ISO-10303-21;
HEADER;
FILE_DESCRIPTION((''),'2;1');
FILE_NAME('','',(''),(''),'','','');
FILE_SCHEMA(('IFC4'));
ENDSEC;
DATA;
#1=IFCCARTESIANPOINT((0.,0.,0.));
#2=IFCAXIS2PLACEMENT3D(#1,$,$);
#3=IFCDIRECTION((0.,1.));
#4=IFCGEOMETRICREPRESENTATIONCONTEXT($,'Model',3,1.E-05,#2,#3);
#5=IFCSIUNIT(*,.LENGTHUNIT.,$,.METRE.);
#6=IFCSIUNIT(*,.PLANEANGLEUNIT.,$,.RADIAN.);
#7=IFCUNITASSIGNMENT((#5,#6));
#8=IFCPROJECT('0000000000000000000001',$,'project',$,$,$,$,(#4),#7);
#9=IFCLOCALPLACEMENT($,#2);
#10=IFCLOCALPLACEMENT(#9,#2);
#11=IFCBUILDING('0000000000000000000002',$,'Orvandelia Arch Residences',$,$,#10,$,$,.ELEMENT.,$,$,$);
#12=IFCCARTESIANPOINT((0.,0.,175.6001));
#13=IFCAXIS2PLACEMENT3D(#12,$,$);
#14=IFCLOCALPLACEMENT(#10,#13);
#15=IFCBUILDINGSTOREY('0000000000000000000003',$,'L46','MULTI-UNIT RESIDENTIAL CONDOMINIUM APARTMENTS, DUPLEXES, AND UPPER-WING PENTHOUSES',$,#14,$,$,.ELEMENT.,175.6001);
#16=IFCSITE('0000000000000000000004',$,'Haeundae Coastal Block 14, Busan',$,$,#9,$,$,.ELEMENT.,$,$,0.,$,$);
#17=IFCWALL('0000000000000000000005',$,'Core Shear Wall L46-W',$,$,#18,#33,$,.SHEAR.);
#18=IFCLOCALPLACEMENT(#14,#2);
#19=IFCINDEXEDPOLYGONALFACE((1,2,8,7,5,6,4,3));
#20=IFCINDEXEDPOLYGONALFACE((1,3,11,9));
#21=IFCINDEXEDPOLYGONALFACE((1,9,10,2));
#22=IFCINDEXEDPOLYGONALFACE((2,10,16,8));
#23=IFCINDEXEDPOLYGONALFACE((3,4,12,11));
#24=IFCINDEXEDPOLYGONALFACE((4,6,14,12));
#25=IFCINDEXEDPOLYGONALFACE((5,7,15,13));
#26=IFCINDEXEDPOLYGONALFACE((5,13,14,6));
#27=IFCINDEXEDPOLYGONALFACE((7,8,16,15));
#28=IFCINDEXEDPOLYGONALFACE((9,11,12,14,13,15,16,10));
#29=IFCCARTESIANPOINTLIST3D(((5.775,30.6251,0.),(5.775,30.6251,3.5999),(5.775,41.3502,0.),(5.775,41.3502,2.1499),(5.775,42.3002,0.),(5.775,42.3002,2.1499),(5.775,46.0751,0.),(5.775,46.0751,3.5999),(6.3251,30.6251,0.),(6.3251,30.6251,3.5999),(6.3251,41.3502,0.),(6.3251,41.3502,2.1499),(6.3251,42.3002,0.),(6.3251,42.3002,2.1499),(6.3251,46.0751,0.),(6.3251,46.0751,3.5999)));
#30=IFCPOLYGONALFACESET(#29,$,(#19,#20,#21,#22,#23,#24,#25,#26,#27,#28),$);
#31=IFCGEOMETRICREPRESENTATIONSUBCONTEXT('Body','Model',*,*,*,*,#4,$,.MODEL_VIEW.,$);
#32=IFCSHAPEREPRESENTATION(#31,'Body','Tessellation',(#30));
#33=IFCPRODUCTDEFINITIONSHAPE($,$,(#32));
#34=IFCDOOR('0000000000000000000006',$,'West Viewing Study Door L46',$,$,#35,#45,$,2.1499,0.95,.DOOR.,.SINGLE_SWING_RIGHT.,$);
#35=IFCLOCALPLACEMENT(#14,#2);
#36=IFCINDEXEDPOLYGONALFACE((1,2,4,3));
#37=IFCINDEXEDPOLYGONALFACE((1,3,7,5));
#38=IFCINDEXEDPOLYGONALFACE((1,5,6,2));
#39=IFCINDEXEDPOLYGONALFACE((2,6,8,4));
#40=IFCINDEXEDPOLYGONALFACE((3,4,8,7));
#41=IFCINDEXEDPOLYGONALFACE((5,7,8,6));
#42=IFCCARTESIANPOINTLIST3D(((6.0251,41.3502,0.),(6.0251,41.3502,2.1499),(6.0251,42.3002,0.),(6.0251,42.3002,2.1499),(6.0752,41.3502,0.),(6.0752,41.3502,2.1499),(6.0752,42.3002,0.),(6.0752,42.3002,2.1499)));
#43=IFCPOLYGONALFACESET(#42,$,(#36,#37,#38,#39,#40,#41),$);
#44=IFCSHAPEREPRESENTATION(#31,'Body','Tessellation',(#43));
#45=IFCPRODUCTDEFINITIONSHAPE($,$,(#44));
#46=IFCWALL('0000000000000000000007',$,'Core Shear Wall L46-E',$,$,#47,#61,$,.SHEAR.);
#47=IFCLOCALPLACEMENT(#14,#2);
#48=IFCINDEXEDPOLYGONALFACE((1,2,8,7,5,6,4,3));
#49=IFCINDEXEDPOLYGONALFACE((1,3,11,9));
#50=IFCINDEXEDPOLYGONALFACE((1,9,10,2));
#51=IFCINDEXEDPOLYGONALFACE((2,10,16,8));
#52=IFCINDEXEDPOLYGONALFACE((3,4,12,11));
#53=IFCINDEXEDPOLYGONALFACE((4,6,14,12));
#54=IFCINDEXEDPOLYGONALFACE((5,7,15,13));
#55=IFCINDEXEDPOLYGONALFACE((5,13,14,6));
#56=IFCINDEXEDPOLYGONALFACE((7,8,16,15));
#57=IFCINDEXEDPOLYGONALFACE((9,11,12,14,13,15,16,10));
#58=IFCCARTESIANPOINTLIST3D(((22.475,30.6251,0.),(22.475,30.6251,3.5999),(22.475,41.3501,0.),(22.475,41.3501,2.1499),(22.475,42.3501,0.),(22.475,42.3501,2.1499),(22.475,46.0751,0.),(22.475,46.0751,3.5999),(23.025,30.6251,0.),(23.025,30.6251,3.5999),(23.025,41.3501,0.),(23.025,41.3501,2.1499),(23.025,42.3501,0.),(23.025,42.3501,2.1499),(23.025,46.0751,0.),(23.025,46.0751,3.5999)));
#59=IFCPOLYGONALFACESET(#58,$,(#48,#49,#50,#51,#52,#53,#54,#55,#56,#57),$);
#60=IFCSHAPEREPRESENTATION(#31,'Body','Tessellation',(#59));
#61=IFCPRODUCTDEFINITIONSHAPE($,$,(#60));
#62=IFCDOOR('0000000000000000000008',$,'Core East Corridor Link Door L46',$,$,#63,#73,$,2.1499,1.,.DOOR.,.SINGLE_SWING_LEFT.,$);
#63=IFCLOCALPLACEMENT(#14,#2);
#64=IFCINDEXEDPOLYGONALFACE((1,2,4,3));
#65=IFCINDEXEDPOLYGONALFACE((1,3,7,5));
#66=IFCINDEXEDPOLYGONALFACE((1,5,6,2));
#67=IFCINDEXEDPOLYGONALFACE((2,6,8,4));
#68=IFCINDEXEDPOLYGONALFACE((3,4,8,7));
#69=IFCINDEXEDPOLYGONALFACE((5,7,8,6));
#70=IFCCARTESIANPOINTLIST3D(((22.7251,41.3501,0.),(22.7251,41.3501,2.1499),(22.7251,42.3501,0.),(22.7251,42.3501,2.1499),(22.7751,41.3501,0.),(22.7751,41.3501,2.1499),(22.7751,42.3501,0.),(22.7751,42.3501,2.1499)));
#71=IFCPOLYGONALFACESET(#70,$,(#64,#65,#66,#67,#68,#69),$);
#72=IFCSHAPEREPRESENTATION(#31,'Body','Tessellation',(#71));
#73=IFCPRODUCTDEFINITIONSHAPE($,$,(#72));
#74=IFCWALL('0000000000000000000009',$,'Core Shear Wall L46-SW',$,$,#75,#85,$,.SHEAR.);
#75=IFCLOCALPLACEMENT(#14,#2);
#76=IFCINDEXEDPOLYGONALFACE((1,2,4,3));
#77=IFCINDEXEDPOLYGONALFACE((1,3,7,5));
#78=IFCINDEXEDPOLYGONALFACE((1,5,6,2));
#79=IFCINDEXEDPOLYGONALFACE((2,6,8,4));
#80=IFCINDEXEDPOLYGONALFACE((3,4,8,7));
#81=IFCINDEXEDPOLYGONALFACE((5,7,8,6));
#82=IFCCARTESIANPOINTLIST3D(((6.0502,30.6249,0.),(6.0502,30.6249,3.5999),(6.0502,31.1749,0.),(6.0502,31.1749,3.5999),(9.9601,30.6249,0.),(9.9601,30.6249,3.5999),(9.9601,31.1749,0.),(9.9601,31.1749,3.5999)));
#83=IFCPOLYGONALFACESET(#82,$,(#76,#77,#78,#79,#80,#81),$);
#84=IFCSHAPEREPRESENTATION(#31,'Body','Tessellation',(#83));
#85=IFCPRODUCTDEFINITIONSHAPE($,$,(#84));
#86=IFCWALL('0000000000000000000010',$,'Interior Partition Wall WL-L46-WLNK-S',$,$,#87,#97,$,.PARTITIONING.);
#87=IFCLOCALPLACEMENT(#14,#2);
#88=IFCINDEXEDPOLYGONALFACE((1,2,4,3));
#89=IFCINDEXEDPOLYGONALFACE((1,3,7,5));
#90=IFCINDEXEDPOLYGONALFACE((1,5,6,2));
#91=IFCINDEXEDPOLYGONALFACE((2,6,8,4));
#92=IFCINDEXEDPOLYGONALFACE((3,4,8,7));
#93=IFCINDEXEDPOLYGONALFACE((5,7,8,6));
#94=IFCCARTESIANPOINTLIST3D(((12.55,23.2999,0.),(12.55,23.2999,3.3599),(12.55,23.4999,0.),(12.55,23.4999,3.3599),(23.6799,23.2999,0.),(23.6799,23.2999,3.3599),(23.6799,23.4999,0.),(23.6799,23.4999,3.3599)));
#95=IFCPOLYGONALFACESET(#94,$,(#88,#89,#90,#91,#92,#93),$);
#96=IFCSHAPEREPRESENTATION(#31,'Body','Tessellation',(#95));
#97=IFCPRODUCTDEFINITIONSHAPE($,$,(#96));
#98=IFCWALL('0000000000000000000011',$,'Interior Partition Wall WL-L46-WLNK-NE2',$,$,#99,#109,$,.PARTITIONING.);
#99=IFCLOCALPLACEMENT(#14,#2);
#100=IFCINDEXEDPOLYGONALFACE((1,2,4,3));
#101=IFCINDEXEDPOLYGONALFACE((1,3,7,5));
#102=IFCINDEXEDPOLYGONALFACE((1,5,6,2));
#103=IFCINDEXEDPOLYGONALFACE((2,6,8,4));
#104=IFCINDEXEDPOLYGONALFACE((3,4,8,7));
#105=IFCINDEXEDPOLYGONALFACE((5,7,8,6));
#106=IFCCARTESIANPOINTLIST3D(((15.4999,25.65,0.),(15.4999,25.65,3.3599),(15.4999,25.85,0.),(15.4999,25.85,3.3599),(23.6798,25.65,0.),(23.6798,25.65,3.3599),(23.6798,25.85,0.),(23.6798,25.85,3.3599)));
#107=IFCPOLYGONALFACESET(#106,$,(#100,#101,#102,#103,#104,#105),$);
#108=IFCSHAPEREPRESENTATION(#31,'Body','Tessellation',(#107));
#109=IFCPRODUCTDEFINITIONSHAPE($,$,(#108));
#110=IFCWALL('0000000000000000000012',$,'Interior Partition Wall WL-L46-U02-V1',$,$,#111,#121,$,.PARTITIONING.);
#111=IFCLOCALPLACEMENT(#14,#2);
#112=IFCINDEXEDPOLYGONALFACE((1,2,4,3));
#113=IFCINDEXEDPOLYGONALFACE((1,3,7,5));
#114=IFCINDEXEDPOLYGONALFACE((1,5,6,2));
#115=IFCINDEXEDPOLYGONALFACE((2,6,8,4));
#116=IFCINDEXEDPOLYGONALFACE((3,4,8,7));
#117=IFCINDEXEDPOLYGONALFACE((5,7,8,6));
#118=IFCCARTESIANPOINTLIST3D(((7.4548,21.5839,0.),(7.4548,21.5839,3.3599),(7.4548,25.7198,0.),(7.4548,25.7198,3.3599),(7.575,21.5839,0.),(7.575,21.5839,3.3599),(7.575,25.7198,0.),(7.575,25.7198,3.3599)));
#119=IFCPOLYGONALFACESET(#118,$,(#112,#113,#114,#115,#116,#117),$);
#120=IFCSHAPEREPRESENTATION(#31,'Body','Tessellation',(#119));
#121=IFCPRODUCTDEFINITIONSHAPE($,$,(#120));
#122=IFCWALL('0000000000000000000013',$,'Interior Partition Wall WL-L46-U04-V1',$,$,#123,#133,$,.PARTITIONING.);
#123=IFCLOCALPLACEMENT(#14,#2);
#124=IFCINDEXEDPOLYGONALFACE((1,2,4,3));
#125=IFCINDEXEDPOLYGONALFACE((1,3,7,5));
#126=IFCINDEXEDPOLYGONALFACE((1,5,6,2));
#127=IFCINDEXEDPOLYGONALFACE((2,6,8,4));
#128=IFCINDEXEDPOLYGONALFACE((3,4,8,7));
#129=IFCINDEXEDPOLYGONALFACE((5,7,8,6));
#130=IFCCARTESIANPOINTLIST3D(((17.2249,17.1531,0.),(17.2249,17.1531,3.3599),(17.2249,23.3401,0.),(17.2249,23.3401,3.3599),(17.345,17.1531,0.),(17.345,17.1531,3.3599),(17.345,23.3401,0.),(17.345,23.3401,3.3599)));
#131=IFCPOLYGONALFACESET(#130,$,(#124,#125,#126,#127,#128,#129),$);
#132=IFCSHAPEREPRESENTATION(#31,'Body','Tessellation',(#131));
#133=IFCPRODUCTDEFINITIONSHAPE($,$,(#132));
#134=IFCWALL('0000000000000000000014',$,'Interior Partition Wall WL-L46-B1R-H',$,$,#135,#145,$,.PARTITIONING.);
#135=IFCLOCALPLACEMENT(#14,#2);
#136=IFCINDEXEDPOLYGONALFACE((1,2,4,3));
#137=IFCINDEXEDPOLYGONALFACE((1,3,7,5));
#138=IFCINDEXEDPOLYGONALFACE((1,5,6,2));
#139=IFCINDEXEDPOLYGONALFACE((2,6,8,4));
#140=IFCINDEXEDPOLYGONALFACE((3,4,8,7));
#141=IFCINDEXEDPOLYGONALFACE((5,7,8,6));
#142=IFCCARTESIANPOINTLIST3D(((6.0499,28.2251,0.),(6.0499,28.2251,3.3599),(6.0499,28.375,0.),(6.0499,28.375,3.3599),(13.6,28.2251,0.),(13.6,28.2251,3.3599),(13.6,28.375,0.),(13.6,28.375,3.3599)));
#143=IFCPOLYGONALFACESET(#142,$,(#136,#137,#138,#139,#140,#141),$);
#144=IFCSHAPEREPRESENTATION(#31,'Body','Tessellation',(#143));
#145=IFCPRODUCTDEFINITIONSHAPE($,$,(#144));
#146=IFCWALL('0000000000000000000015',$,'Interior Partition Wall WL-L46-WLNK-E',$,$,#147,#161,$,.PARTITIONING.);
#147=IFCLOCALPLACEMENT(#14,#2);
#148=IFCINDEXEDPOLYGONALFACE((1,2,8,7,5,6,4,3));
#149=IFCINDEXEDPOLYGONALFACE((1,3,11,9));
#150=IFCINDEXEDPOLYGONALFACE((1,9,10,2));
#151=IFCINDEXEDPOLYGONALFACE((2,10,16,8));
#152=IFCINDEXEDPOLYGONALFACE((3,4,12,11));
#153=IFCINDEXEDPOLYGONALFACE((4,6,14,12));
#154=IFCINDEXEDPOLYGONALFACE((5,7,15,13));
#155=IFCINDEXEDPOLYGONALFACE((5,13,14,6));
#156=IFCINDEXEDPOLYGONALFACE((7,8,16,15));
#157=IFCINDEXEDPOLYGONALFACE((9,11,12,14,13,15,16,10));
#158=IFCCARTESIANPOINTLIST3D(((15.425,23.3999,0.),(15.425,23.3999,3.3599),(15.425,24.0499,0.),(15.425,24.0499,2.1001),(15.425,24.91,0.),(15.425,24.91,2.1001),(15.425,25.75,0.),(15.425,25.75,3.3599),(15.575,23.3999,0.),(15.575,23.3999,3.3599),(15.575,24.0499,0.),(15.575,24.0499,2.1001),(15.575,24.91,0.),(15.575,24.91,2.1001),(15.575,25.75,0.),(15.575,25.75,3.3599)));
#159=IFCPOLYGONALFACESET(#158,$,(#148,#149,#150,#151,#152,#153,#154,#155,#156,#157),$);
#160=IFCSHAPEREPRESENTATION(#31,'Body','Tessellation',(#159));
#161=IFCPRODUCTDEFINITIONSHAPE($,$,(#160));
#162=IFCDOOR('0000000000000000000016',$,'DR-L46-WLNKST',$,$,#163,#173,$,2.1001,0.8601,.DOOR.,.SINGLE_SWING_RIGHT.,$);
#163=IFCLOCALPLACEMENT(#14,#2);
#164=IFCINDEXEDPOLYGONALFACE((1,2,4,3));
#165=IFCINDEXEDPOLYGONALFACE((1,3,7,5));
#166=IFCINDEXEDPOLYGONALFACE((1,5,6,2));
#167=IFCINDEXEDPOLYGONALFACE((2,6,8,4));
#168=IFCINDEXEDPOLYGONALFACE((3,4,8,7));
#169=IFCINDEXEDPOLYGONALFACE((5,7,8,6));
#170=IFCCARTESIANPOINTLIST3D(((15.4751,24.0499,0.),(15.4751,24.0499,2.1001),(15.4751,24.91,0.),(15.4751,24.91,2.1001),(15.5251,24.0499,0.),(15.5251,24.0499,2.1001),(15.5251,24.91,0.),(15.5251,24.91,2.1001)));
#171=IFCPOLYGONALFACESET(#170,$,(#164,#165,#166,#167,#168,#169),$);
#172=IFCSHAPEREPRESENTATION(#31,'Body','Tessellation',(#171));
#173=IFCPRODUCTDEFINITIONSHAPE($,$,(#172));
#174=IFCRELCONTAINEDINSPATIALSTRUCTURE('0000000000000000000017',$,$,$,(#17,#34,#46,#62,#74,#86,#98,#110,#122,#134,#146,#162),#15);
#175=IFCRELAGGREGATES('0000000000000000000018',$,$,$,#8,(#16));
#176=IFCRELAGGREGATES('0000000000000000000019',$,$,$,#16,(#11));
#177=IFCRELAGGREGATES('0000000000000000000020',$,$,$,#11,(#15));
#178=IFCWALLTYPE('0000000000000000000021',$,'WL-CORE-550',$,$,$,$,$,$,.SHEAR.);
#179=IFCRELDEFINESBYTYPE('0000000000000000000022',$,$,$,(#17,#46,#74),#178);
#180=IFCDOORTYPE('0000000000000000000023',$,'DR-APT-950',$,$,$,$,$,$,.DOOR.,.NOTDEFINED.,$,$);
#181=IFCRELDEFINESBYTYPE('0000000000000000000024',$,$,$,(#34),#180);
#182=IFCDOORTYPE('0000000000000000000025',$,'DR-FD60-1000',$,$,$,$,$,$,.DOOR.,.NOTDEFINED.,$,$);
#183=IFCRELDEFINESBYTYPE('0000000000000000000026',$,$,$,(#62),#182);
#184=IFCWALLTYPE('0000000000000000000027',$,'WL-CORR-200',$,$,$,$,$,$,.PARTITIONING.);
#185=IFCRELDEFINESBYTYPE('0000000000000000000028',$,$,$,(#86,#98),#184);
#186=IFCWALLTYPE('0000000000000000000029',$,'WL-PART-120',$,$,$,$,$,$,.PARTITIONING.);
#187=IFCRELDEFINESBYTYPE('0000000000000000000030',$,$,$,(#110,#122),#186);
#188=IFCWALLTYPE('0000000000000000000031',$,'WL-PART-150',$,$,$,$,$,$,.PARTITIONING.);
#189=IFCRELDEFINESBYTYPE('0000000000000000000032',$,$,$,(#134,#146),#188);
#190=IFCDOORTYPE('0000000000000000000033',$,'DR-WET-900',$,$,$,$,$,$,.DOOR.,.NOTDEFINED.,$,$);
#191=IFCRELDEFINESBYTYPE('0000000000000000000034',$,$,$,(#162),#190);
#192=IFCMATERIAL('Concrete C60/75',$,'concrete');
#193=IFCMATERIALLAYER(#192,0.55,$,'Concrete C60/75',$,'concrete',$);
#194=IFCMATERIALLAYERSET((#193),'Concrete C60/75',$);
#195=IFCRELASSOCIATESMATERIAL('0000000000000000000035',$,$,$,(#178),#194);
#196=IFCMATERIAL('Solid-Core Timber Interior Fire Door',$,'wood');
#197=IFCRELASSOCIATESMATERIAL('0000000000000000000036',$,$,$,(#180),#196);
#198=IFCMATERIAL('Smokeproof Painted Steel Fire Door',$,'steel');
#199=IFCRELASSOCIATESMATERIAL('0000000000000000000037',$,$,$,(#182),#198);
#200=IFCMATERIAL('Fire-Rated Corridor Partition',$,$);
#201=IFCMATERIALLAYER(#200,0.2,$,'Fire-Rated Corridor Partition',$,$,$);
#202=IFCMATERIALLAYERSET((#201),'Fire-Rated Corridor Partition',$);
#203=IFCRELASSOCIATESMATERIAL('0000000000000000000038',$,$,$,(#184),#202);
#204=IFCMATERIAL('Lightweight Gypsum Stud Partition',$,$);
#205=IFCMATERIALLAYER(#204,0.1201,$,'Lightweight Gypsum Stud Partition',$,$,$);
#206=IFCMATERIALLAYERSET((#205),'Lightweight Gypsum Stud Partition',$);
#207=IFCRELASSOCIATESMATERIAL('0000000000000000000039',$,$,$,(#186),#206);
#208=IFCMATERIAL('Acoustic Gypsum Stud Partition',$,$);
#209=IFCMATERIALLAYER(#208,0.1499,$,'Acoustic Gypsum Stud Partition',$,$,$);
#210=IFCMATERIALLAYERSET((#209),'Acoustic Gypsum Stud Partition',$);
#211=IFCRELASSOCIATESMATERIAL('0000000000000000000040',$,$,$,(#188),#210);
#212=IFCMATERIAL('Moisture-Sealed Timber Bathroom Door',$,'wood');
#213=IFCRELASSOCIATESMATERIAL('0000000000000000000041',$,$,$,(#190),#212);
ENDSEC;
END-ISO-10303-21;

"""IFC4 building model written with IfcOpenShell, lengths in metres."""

from ifc_helpers import new_model, si_unit, direction, frame, frame_2d, origin, place, context, subcontext, project, spatial, rectangle, extrude, material, layer, layer_set, type_object, element, fill, save


model = new_model("IFC4")

# Units and contexts
model_context = context("Model", 3, precision=1e-05, world=origin(), true_north=direction((0.0, 1.0)))
body_context = subcontext(model_context, "Body", "Model", "MODEL_VIEW")
ifc_project = project(units=[si_unit("LENGTHUNIT", "METRE"), si_unit("PLANEANGLEUNIT", "RADIAN")], contexts=[model_context])

# Site, building, storey
site_placement = place(None, origin())
site = spatial("IfcSite", under=ifc_project, at=site_placement, Name="Haeundae Coastal Block 14, Busan", CompositionType="ELEMENT", RefElevation=0.0)
building_placement = place(site_placement, origin())
building = spatial("IfcBuilding", under=site, at=building_placement, Name="Orvandelia Arch Residences", CompositionType="ELEMENT")
storey_placement = place(building_placement, frame((0.0, 0.0, 175.6001)))
storey = spatial("IfcBuildingStorey", under=building, at=storey_placement, Name="L46", Description="MULTI-UNIT RESIDENTIAL CONDOMINIUM APARTMENTS, DUPLEXES, AND UPPER-WING PENTHOUSES", CompositionType="ELEMENT", Elevation=175.6001)

# Walls, openings, doors
ifc_material_1 = material(Name="Concrete C60/75", Category="concrete")
ifc_layer_1 = layer(ifc_material_1, 0.55, Name="Concrete C60/75", Category="concrete")
ifc_layer_set_1 = layer_set([ifc_layer_1], Name="Concrete C60/75")
wall_type_1 = type_object("IfcWallType", Name="WL-CORE-550", PredefinedType="SHEAR", material=ifc_layer_set_1)
wall_1_placement = place(storey_placement, frame((6.05, 30.625, 0.0), z_axis=(0.0, 0.0, 1.0), x_axis=(0.0, 1.0, 0.0)))
wall_1 = element("IfcWall", 1, at=wall_1_placement, inside=storey, type_object=wall_type_1, Name="Core Shear Wall L46-W", PredefinedType="SHEAR", context=body_context, shape_type="SweptSolid", body=[
    extrude(rectangle(XDim=15.45, YDim=0.55, at=frame_2d((7.7251, 0.0))), origin(), (0.0, 0.0, 1.0), 3.5999),
])
opening_1_placement = place(wall_1_placement, frame((10.7251, 0.0, 0.0)))
opening_1 = element("IfcOpeningElement", 2, at=opening_1_placement, cuts=wall_1, PredefinedType="OPENING", context=body_context, shape_type="SweptSolid", body=[
    extrude(rectangle(XDim=0.95, YDim=2.1499, at=frame_2d((0.4751, 1.075))), frame((0.0, 0.2852, 0.0), z_axis=(0.0, -1.0, 0.0), x_axis=(1.0, 0.0, 0.0)), (0.0, 0.0, 1.0), 0.5701),
])
ifc_material_2 = material(Name="Solid-Core Timber Interior Fire Door", Category="wood")
door_type_1 = type_object("IfcDoorType", Name="DR-APT-950", OperationType="NOTDEFINED", PredefinedType="DOOR", material=ifc_material_2)
door_1_placement = place(opening_1_placement, origin())
door_1 = element("IfcDoor", 3, at=door_1_placement, inside=storey, type_object=door_type_1, Name="West Viewing Study Door L46", OperationType="SINGLE_SWING_RIGHT", OverallHeight=2.1499, OverallWidth=0.95, PredefinedType="DOOR", context=body_context, shape_type="SweptSolid", body=[
    extrude(rectangle(XDim=0.95, YDim=2.1499, at=frame_2d((0.4751, 1.075))), frame((0.0, 0.0249, 0.0), z_axis=(0.0, -1.0, 0.0), x_axis=(1.0, 0.0, 0.0)), (0.0, 0.0, 1.0), 0.05),
])
fill(opening_1, door_1)
wall_2_placement = place(storey_placement, frame((22.75, 30.625, 0.0), z_axis=(0.0, 0.0, 1.0), x_axis=(0.0, 1.0, 0.0)))
wall_2 = element("IfcWall", 4, at=wall_2_placement, inside=storey, type_object=wall_type_1, Name="Core Shear Wall L46-E", PredefinedType="SHEAR", context=body_context, shape_type="SweptSolid", body=[
    extrude(rectangle(XDim=15.45, YDim=0.55, at=frame_2d((7.7251, 0.0))), origin(), (0.0, 0.0, 1.0), 3.5999),
])
opening_2_placement = place(wall_2_placement, frame((10.7251, 0.0, 0.0)))
opening_2 = element("IfcOpeningElement", 5, at=opening_2_placement, cuts=wall_2, PredefinedType="OPENING", context=body_context, shape_type="SweptSolid", body=[
    extrude(rectangle(XDim=1.0, YDim=2.1499, at=frame_2d((0.5, 1.075))), frame((0.0, 0.2852, 0.0), z_axis=(0.0, -1.0, 0.0), x_axis=(1.0, 0.0, 0.0)), (0.0, 0.0, 1.0), 0.5701),
])
ifc_material_3 = material(Name="Smokeproof Painted Steel Fire Door", Category="steel")
door_type_2 = type_object("IfcDoorType", Name="DR-FD60-1000", OperationType="NOTDEFINED", PredefinedType="DOOR", material=ifc_material_3)
door_2_placement = place(opening_2_placement, origin())
door_2 = element("IfcDoor", 6, at=door_2_placement, inside=storey, type_object=door_type_2, Name="Core East Corridor Link Door L46", OperationType="SINGLE_SWING_LEFT", OverallHeight=2.1499, OverallWidth=1.0, PredefinedType="DOOR", context=body_context, shape_type="SweptSolid", body=[
    extrude(rectangle(XDim=1.0, YDim=2.1499, at=frame_2d((0.5, 1.075))), frame((0.0, 0.0249, 0.0), z_axis=(0.0, -1.0, 0.0), x_axis=(1.0, 0.0, 0.0)), (0.0, 0.0, 1.0), 0.05),
])
fill(opening_2, door_2)

# Walls
wall_3_placement = place(storey_placement, frame((6.05, 30.8999, 0.0), z_axis=(0.0, 0.0, 1.0), x_axis=(1.0, 0.0, 0.0)))
element("IfcWall", 7, at=wall_3_placement, inside=storey, type_object=wall_type_1, Name="Core Shear Wall L46-SW", PredefinedType="SHEAR", context=body_context, shape_type="SweptSolid", body=[
    extrude(rectangle(XDim=3.9099, YDim=0.55, at=frame_2d((1.9551, 0.0))), origin(), (0.0, 0.0, 1.0), 3.5999),
])
ifc_material_4 = material(Name="Fire-Rated Corridor Partition")
ifc_layer_2 = layer(ifc_material_4, 0.2, Name="Fire-Rated Corridor Partition")
ifc_layer_set_2 = layer_set([ifc_layer_2], Name="Fire-Rated Corridor Partition")
wall_type_2 = type_object("IfcWallType", Name="WL-CORR-200", PredefinedType="PARTITIONING", material=ifc_layer_set_2)
wall_4_placement = place(storey_placement, frame((12.55, 23.3999, 0.0), z_axis=(0.0, 0.0, 1.0), x_axis=(1.0, 0.0, 0.0)))
element("IfcWall", 8, at=wall_4_placement, inside=storey, type_object=wall_type_2, Name="Interior Partition Wall WL-L46-WLNK-S", PredefinedType="PARTITIONING", context=body_context, shape_type="SweptSolid", body=[
    extrude(rectangle(XDim=11.1299, YDim=0.2, at=frame_2d((5.5649, 0.0))), origin(), (0.0, 0.0, 1.0), 3.3599),
])
wall_5_placement = place(storey_placement, frame((15.5, 25.75, 0.0), z_axis=(0.0, 0.0, 1.0), x_axis=(1.0, 0.0, 0.0)))
element("IfcWall", 9, at=wall_5_placement, inside=storey, type_object=wall_type_2, Name="Interior Partition Wall WL-L46-WLNK-NE2", PredefinedType="PARTITIONING", context=body_context, shape_type="SweptSolid", body=[
    extrude(rectangle(XDim=8.1799, YDim=0.2, at=frame_2d((4.0898, 0.0))), origin(), (0.0, 0.0, 1.0), 3.3599),
])
ifc_material_5 = material(Name="Lightweight Gypsum Stud Partition")
ifc_layer_3 = layer(ifc_material_5, 0.1201, Name="Lightweight Gypsum Stud Partition")
ifc_layer_set_3 = layer_set([ifc_layer_3], Name="Lightweight Gypsum Stud Partition")
wall_type_3 = type_object("IfcWallType", Name="WL-PART-120", PredefinedType="PARTITIONING", material=ifc_layer_set_3)
wall_6_placement = place(storey_placement, frame((7.5149, 21.584, 0.0), z_axis=(0.0, 0.0, 1.0), x_axis=(0.0, 1.0, 0.0)))
element("IfcWall", 10, at=wall_6_placement, inside=storey, type_object=wall_type_3, Name="Interior Partition Wall WL-L46-U02-V1", PredefinedType="PARTITIONING", context=body_context, shape_type="SweptSolid", body=[
    extrude(rectangle(XDim=4.136, YDim=0.1201, at=frame_2d((2.0679, 0.0))), origin(), (0.0, 0.0, 1.0), 3.3599),
])
wall_7_placement = place(storey_placement, frame((17.2849, 17.1531, 0.0), z_axis=(0.0, 0.0, 1.0), x_axis=(0.0, 1.0, 0.0)))
element("IfcWall", 11, at=wall_7_placement, inside=storey, type_object=wall_type_3, Name="Interior Partition Wall WL-L46-U04-V1", PredefinedType="PARTITIONING", context=body_context, shape_type="SweptSolid", body=[
    extrude(rectangle(XDim=6.187, YDim=0.1201, at=frame_2d((3.0935, 0.0))), origin(), (0.0, 0.0, 1.0), 3.3599),
])
ifc_material_6 = material(Name="Acoustic Gypsum Stud Partition")
ifc_layer_4 = layer(ifc_material_6, 0.1499, Name="Acoustic Gypsum Stud Partition")
ifc_layer_set_4 = layer_set([ifc_layer_4], Name="Acoustic Gypsum Stud Partition")
wall_type_4 = type_object("IfcWallType", Name="WL-PART-150", PredefinedType="PARTITIONING", material=ifc_layer_set_4)
wall_8_placement = place(storey_placement, frame((6.05, 28.3, 0.0), z_axis=(0.0, 0.0, 1.0), x_axis=(1.0, 0.0, 0.0)))
element("IfcWall", 12, at=wall_8_placement, inside=storey, type_object=wall_type_4, Name="Interior Partition Wall WL-L46-B1R-H", PredefinedType="PARTITIONING", context=body_context, shape_type="SweptSolid", body=[
    extrude(rectangle(XDim=7.55, YDim=0.1499, at=frame_2d((3.7749, 0.0))), origin(), (0.0, 0.0, 1.0), 3.3599),
])

# Wall, opening, door
wall_9_placement = place(storey_placement, frame((15.5, 23.3999, 0.0), z_axis=(0.0, 0.0, 1.0), x_axis=(0.0, 1.0, 0.0)))
wall_9 = element("IfcWall", 13, at=wall_9_placement, inside=storey, type_object=wall_type_4, Name="Interior Partition Wall WL-L46-WLNK-E", PredefinedType="PARTITIONING", context=body_context, shape_type="SweptSolid", body=[
    extrude(rectangle(XDim=2.3501, YDim=0.1499, at=frame_2d((1.175, 0.0))), origin(), (0.0, 0.0, 1.0), 3.3599),
])
opening_3_placement = place(wall_9_placement, frame((0.6499, 0.0, 0.0)))
opening_3 = element("IfcOpeningElement", 14, at=opening_3_placement, cuts=wall_9, PredefinedType="OPENING", context=body_context, shape_type="SweptSolid", body=[
    extrude(rectangle(XDim=0.8601, YDim=2.1001, at=frame_2d((0.4302, 1.05))), frame((0.0, 0.085, 0.0), z_axis=(0.0, -1.0, 0.0), x_axis=(1.0, 0.0, 0.0)), (0.0, 0.0, 1.0), 0.1699),
])
ifc_material_7 = material(Name="Moisture-Sealed Timber Bathroom Door", Category="wood")
door_type_3 = type_object("IfcDoorType", Name="DR-WET-900", OperationType="NOTDEFINED", PredefinedType="DOOR", material=ifc_material_7)
door_3_placement = place(opening_3_placement, origin())
door_3 = element("IfcDoor", 15, at=door_3_placement, inside=storey, type_object=door_type_3, Name="DR-L46-WLNKST", OperationType="SINGLE_SWING_RIGHT", OverallHeight=2.1001, OverallWidth=0.8601, PredefinedType="DOOR", context=body_context, shape_type="SweptSolid", body=[
    extrude(rectangle(XDim=0.8601, YDim=2.1001, at=frame_2d((0.4302, 1.05))), frame((0.0, 0.0249, 0.0), z_axis=(0.0, -1.0, 0.0), x_axis=(1.0, 0.0, 0.0)), (0.0, 0.0, 1.0), 0.05),
])
fill(opening_3, door_3)

save(model, "model.ifc")
